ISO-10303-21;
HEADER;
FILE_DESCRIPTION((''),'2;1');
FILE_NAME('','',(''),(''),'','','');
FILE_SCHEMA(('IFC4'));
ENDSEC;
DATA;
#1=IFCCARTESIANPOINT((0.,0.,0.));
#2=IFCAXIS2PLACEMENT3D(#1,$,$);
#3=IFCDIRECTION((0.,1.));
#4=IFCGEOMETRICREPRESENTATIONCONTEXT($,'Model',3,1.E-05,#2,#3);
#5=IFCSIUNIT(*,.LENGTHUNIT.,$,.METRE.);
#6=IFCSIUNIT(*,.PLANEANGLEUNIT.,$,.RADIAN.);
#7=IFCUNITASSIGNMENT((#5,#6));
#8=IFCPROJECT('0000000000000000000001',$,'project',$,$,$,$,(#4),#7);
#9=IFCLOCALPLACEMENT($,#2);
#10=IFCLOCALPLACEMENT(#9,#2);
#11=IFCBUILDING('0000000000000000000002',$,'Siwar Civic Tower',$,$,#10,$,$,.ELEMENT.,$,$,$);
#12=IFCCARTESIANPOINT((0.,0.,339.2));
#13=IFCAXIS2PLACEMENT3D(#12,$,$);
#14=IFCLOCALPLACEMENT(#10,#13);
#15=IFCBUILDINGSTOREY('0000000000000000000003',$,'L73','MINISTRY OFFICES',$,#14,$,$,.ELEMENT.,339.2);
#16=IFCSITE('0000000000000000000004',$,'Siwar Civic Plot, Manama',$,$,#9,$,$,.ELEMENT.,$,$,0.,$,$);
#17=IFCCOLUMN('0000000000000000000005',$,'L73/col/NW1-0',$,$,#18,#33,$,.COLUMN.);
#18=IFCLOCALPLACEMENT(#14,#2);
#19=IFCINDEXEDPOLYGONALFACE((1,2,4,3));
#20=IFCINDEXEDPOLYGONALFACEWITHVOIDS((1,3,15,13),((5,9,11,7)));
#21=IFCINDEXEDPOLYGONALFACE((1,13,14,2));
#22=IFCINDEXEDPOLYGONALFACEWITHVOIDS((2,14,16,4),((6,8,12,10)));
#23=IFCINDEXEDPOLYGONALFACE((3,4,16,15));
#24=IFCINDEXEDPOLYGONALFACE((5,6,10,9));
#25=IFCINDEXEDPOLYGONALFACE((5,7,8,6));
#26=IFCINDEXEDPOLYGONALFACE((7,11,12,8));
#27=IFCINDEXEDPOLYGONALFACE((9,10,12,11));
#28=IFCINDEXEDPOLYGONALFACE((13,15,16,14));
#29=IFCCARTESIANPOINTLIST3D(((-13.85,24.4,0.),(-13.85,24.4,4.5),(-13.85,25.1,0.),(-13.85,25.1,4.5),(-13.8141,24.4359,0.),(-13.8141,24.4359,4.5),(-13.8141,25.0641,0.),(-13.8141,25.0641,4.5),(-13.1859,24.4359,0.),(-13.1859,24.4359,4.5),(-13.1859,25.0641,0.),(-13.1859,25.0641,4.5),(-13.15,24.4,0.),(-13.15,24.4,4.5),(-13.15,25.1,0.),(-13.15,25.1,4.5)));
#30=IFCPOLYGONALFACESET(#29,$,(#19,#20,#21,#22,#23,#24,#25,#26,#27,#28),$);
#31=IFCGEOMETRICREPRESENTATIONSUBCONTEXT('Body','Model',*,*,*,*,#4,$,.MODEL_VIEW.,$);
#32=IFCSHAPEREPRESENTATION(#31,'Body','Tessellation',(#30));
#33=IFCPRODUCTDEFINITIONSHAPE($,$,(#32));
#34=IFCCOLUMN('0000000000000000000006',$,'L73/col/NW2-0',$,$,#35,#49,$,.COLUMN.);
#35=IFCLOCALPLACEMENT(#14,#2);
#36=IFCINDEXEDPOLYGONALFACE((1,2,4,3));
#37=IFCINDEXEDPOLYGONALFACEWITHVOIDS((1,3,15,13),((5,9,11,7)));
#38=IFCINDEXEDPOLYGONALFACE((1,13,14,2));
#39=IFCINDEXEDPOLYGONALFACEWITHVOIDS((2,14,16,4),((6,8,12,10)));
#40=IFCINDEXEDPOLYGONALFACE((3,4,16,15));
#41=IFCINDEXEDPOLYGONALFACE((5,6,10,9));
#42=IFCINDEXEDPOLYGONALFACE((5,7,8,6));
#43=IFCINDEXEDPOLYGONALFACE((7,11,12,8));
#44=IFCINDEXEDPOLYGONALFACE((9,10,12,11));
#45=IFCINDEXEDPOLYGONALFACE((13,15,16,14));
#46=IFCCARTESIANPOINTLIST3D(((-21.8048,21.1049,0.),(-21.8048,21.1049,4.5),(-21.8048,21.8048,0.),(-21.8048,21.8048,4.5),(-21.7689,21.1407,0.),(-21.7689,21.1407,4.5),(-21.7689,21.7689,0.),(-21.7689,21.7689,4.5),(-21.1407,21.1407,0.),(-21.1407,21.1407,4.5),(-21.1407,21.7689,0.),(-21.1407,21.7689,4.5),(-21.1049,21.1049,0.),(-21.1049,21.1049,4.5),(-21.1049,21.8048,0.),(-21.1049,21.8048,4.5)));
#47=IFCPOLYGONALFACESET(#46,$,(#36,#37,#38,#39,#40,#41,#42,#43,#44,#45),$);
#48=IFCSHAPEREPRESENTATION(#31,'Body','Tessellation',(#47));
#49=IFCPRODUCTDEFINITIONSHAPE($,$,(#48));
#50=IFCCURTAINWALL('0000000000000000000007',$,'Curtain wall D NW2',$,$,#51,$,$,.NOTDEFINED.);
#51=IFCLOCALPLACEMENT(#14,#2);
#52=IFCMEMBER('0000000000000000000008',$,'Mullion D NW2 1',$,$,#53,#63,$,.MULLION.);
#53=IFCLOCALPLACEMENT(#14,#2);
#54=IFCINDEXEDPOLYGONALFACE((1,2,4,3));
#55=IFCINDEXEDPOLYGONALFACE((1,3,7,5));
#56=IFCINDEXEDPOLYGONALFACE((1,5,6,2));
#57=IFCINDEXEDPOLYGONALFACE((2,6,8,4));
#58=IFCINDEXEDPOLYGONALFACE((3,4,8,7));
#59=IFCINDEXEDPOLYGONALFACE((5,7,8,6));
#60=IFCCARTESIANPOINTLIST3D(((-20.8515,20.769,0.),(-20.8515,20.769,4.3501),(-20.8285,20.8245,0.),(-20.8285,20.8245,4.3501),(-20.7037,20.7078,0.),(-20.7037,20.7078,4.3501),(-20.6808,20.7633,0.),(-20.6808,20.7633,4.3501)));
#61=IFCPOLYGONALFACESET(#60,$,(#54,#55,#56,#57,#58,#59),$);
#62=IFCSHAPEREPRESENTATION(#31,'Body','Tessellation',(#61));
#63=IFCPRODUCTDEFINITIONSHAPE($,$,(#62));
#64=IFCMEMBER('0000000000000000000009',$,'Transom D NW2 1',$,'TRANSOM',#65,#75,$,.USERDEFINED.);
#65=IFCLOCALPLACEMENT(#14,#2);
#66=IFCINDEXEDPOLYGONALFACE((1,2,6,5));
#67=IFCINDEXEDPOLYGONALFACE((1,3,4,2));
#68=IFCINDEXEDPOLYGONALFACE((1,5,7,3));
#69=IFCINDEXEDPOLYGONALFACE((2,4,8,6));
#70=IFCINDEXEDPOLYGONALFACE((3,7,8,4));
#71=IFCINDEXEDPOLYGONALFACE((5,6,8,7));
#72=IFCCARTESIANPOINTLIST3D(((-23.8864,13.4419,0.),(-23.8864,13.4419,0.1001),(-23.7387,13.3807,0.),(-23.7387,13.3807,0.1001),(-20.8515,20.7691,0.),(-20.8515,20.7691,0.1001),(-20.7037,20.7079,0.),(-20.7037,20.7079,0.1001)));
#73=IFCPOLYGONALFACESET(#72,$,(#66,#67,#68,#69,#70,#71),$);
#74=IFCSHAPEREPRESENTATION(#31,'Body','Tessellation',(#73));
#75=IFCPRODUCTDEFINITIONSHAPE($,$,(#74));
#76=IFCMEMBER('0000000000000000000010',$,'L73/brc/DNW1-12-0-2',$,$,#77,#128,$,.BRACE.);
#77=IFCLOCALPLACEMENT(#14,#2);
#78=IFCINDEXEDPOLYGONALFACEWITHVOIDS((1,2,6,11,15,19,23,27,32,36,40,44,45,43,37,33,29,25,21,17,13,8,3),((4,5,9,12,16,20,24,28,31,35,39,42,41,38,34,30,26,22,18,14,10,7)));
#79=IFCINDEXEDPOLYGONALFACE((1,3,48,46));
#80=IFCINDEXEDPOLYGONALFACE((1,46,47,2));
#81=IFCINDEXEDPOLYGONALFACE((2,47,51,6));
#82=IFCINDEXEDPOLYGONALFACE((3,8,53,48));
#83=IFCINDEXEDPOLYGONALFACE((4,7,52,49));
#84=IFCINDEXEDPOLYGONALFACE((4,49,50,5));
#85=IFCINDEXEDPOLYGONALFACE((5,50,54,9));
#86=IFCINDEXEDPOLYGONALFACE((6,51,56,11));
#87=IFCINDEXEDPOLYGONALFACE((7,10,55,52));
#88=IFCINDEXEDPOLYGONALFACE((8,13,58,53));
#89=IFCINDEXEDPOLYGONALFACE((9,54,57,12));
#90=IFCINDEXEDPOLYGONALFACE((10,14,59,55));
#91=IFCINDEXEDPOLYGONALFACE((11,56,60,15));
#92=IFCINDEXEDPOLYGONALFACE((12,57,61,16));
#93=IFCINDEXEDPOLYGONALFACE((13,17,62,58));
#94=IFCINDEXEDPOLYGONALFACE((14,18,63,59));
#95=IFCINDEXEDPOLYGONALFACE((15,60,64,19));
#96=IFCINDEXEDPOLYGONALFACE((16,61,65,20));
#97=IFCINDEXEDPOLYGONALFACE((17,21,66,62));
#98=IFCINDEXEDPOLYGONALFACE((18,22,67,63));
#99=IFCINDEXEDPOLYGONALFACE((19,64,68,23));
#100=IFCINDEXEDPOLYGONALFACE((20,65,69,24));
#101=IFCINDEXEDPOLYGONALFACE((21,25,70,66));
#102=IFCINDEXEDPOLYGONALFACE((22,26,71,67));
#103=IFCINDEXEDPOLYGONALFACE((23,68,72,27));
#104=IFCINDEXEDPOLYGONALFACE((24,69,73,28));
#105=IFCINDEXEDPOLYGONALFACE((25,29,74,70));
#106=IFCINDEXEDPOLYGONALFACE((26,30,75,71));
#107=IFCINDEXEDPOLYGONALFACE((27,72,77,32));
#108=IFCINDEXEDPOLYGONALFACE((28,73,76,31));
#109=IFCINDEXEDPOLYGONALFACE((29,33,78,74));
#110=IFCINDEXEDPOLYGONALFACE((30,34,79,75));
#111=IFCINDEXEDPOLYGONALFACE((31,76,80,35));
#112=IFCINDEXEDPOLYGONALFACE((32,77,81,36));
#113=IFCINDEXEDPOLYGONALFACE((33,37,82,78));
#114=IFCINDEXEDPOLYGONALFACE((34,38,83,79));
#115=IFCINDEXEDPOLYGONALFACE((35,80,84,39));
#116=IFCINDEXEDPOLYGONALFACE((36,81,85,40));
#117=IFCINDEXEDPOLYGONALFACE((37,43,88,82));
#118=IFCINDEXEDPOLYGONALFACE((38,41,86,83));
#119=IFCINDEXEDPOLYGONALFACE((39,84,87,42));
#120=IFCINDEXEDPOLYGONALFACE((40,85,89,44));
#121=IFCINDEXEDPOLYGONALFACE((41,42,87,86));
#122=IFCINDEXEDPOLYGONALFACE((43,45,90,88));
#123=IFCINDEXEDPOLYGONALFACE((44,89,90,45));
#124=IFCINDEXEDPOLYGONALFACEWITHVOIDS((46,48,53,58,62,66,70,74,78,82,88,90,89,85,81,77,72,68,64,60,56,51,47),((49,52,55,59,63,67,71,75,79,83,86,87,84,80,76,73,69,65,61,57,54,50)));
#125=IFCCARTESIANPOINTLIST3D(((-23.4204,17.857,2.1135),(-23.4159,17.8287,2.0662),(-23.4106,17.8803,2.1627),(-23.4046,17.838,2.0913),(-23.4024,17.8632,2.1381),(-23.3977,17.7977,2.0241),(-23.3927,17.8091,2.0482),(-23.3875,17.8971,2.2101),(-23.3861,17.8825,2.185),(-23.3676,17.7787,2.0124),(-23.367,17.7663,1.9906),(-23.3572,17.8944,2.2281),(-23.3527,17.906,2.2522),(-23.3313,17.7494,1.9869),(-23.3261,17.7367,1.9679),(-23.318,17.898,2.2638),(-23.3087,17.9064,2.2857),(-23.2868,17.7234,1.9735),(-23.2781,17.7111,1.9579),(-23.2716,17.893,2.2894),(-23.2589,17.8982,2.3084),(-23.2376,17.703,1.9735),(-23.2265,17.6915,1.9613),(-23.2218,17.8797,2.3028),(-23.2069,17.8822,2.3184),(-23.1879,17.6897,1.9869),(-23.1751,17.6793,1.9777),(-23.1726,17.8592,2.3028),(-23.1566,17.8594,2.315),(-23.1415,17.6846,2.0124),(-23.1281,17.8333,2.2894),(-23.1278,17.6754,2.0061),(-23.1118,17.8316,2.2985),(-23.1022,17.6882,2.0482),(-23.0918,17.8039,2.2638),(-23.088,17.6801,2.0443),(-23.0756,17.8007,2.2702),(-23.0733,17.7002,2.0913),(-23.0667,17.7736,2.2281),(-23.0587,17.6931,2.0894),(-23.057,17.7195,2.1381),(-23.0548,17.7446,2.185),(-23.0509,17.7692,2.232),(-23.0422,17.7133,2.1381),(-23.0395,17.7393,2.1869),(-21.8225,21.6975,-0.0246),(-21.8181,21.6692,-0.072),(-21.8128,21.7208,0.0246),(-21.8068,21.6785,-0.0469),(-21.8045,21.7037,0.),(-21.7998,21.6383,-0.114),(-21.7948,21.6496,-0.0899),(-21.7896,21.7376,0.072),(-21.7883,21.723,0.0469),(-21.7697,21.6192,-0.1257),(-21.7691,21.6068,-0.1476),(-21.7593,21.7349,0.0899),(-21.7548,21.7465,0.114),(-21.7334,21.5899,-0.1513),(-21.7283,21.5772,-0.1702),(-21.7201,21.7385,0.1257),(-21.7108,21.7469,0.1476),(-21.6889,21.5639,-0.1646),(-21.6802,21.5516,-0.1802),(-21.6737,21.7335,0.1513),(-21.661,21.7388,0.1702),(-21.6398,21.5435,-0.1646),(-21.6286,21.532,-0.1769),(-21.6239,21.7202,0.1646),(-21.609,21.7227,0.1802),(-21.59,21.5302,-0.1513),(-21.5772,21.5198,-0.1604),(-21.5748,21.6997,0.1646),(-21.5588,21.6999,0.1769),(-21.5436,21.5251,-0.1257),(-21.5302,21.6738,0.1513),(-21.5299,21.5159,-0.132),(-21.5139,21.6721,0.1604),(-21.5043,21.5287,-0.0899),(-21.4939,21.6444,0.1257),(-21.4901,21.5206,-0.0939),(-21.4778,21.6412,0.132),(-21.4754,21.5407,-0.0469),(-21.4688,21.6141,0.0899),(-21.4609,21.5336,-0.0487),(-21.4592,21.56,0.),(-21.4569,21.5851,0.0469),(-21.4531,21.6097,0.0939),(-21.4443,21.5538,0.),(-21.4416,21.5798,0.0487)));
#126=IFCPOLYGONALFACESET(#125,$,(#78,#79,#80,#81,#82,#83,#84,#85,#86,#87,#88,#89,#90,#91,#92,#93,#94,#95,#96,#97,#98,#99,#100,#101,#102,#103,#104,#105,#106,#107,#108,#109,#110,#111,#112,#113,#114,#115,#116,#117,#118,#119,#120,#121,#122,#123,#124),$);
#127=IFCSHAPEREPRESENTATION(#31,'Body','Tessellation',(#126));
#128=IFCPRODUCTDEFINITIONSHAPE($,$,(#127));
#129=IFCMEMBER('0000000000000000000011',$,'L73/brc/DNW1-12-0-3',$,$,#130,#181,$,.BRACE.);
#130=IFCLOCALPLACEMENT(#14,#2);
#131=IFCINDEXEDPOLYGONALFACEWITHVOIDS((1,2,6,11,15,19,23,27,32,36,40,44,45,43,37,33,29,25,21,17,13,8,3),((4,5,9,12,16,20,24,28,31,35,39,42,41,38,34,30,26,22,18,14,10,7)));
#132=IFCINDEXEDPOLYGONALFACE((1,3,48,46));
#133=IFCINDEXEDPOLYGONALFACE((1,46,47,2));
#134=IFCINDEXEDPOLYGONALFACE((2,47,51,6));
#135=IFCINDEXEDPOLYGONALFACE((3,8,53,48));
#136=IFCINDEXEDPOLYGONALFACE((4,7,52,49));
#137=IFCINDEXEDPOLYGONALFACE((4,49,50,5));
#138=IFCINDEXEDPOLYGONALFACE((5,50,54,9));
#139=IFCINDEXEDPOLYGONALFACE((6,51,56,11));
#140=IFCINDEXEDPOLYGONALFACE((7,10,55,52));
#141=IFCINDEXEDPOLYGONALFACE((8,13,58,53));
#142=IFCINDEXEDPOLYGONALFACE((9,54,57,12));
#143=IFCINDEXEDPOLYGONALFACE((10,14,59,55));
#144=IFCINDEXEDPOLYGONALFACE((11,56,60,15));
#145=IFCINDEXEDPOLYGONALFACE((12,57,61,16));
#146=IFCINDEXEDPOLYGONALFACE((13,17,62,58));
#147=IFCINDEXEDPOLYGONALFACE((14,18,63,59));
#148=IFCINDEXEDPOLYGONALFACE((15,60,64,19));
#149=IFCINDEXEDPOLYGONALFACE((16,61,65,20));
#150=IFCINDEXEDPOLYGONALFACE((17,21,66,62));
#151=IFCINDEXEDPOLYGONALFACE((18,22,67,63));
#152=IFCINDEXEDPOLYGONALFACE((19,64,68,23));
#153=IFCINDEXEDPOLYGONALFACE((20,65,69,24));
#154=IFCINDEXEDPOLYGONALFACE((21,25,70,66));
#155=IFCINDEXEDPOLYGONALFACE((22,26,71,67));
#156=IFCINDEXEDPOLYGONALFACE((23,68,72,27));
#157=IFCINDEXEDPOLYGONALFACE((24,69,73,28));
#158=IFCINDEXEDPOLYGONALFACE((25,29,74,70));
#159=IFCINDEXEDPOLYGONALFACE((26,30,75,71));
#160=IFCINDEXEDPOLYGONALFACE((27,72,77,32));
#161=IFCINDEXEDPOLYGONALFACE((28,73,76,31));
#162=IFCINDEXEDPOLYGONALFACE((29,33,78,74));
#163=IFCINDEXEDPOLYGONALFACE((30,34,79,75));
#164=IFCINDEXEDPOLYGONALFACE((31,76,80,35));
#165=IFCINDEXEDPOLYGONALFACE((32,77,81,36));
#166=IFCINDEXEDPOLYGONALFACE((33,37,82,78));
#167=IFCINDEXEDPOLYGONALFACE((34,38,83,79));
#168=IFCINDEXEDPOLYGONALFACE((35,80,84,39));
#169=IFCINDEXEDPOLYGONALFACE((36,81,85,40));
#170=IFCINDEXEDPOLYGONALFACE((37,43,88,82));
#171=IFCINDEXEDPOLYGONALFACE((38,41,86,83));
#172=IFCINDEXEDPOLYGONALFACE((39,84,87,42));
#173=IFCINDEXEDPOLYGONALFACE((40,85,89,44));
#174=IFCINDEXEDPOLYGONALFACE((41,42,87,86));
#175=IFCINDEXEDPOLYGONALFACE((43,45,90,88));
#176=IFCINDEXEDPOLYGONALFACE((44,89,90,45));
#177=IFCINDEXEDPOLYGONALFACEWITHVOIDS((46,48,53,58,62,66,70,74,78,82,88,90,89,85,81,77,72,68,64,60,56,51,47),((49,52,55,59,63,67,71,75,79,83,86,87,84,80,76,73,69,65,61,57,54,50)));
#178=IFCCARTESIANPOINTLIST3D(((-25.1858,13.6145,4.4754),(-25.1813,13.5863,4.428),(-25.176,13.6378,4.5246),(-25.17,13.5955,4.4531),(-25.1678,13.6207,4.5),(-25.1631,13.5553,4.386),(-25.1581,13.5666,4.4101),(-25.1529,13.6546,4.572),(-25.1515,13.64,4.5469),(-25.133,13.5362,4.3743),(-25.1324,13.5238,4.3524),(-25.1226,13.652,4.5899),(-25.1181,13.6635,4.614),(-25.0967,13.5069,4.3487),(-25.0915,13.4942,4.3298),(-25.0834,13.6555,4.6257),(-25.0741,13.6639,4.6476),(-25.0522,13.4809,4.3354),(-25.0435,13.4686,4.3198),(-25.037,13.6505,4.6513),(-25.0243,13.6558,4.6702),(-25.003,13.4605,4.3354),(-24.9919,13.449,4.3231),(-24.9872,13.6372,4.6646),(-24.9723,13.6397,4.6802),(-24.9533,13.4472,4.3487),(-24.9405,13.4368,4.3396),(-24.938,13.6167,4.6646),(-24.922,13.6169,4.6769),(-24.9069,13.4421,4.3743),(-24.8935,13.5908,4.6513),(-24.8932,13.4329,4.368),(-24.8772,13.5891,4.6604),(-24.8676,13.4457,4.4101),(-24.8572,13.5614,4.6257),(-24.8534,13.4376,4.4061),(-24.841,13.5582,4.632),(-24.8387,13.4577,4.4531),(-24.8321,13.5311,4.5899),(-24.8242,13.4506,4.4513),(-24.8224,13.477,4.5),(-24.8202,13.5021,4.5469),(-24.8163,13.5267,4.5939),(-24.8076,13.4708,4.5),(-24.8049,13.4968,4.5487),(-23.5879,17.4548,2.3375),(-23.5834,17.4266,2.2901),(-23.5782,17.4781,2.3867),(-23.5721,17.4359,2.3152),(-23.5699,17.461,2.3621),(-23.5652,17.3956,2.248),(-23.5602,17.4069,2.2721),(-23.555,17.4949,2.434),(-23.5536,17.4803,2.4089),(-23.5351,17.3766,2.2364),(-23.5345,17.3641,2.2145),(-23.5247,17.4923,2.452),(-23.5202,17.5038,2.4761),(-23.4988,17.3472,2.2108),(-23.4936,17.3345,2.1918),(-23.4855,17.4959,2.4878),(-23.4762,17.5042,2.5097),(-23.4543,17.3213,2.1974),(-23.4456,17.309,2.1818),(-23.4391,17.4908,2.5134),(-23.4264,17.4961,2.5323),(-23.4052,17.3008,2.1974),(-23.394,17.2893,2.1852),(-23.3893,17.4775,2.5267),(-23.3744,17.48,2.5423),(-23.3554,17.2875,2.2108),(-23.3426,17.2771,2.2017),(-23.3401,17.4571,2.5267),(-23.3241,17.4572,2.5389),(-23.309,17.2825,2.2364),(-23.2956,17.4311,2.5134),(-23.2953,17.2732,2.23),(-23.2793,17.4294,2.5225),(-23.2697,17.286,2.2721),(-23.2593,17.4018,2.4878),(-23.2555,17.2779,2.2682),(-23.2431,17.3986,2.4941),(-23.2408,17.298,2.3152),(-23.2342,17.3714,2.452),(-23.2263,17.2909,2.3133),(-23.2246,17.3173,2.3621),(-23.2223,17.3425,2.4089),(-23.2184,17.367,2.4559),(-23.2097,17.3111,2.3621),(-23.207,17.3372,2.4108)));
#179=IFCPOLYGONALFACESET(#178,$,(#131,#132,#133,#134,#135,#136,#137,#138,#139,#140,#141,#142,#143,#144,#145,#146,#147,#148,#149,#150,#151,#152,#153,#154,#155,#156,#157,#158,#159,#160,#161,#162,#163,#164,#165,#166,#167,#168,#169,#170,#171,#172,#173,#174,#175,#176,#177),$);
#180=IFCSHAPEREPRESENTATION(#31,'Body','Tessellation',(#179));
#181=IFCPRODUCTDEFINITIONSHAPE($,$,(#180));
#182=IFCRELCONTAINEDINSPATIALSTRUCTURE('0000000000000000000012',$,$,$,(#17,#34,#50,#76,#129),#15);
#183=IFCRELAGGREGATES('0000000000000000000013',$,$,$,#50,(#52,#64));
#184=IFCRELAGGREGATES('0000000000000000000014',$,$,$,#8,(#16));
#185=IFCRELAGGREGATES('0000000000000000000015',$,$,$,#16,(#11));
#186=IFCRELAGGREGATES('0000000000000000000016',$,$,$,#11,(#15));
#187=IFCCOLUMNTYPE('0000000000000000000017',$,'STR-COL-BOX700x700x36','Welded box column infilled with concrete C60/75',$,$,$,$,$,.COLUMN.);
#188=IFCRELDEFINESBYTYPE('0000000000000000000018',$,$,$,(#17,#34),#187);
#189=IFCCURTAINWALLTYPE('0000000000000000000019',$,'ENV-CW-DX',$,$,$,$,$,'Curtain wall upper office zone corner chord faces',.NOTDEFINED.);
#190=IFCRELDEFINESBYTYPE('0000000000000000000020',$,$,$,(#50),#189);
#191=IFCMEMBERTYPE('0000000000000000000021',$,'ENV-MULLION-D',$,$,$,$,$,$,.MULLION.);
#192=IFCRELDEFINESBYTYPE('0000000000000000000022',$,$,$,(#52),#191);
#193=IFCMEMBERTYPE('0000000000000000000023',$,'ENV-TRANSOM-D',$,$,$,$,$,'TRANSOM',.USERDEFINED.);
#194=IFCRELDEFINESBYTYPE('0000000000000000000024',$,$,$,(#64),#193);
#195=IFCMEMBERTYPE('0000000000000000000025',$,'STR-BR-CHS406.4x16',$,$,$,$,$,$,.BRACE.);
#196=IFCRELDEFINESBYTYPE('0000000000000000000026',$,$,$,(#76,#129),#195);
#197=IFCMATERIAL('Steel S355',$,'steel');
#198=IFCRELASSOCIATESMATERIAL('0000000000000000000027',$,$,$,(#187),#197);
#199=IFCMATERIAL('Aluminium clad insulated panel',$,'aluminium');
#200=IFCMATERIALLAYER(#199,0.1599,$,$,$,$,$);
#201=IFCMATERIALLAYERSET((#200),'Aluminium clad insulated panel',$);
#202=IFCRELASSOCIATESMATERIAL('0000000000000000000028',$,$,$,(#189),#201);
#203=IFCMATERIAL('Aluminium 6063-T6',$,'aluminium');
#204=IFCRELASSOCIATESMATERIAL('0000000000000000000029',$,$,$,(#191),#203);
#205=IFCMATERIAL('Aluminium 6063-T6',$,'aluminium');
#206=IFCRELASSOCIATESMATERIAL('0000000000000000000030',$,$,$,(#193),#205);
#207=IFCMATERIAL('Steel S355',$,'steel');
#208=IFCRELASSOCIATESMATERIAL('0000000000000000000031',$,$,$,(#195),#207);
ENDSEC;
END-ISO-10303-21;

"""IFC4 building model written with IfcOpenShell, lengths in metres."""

from ifc_helpers import new_model, si_unit, direction, frame, origin, origin_2d, place, context, subcontext, project, spatial, rectangle, hollow_rectangle, hollow_circle, extrude, material, layer, layer_set, material_profile, profile_set, type_object, element, aggregate, save


model = new_model("IFC4")

# Units and contexts
model_context = context("Model", 3, precision=1e-05, world=origin(), true_north=direction((0.0, 1.0)))
body_context = subcontext(model_context, "Body", "Model", "MODEL_VIEW")
ifc_project = project(units=[si_unit("LENGTHUNIT", "METRE"), si_unit("PLANEANGLEUNIT", "RADIAN")], contexts=[model_context])

# Site, building, storey
site_placement = place(None, origin())
site = spatial("IfcSite", under=ifc_project, at=site_placement, Name="Siwar Civic Plot, Manama", CompositionType="ELEMENT", RefElevation=0.0)
building_placement = place(site_placement, origin())
building = spatial("IfcBuilding", under=site, at=building_placement, Name="Siwar Civic Tower", CompositionType="ELEMENT")
storey_placement = place(building_placement, frame((0.0, 0.0, 339.2)))
storey = spatial("IfcBuildingStorey", under=building, at=storey_placement, Name="L73", Description="MINISTRY OFFICES", CompositionType="ELEMENT", Elevation=339.2)

# Columns
ifc_material_1 = material(Name="Steel S355", Category="steel")
ifc_material_profile_1 = material_profile(ifc_material_1, hollow_rectangle(XDim=0.7, YDim=0.7, WallThickness=0.0359, at=origin_2d()), Name="BOX700x700x36")
ifc_profile_set_1 = profile_set([ifc_material_profile_1], Name="Steel S355")
column_type = type_object("IfcColumnType", Name="STR-COL-BOX700x700x36", Description="Welded box column infilled with concrete C60/75", PredefinedType="COLUMN", material=ifc_profile_set_1)
for number, where, z_axis, x_axis, name in (
    (1, (-13.5, 24.75, 0.0), (0.0, 0.0, 1.0), (1.0, 0.0, 0.0), "L73/col/NW1-0"),
    (2, (-21.4548, 21.4548, 0.0), (0.0, 0.0, 1.0), (1.0, 0.0, 0.0), "L73/col/NW2-0"),
):
    element("IfcColumn", number, at=place(storey_placement, frame(where, z_axis=z_axis, x_axis=x_axis)), inside=storey, type_object=column_type, Name=name, PredefinedType="COLUMN", context=body_context, shape_type="SweptSolid", body=[
        extrude(hollow_rectangle(XDim=0.7, YDim=0.7, WallThickness=0.0359, at=origin_2d()), origin(), (0.0, 0.0, 1.0), 4.5),
    ])

# Curtain wall, members
ifc_material_2 = material(Name="Aluminium clad insulated panel", Category="aluminium")
ifc_layer_1 = layer(ifc_material_2, 0.1599)
ifc_layer_set_1 = layer_set([ifc_layer_1], Name="Aluminium clad insulated panel")
curtain_wall_type = type_object("IfcCurtainWallType", Name="ENV-CW-DX", ElementType="Curtain wall upper office zone corner chord faces", PredefinedType="NOTDEFINED", material=ifc_layer_set_1)
curtain_wall_1_placement = place(storey_placement, origin())
curtain_wall_1 = element("IfcCurtainWall", 3, at=curtain_wall_1_placement, inside=storey, type_object=curtain_wall_type, Name="Curtain wall D NW2", PredefinedType="NOTDEFINED")
ifc_material_3 = material(Name="Aluminium 6063-T6", Category="aluminium")
ifc_material_profile_2 = material_profile(ifc_material_3, rectangle(XDim=0.1599, YDim=0.0601, at=origin_2d()), Name="AL 160x60")
ifc_profile_set_2 = profile_set([ifc_material_profile_2], Name="Aluminium 6063-T6")
member_type_1 = type_object("IfcMemberType", Name="ENV-MULLION-D", PredefinedType="MULLION", material=ifc_profile_set_2)
member_1_placement = place(storey_placement, frame((-20.7661, 20.7661, 0.0), z_axis=(0.0, 0.0, 1.0), x_axis=(0.92388, -0.382683, 0.0)))
member_1 = element("IfcMember", 4, at=member_1_placement, type_object=member_type_1, Name="Mullion D NW2 1", PredefinedType="MULLION", context=body_context, shape_type="SweptSolid", body=[
    extrude(rectangle(XDim=0.1599, YDim=0.0601, at=origin_2d()), origin(), (0.0, 0.0, 1.0), 4.3501),
])
ifc_material_4 = material(Name="Aluminium 6063-T6", Category="aluminium")
ifc_material_profile_3 = material_profile(ifc_material_4, rectangle(XDim=0.1599, YDim=0.1001, at=origin_2d()), Name="AL 160x100")
ifc_profile_set_3 = profile_set([ifc_material_profile_3], Name="Aluminium 6063-T6")
member_type_2 = type_object("IfcMemberType", Name="ENV-TRANSOM-D", ElementType="TRANSOM", PredefinedType="USERDEFINED", material=ifc_profile_set_3)
member_2_placement = place(storey_placement, frame((-20.7776, 20.7385, 0.05), z_axis=(-0.382674, -0.923884, 0.0), x_axis=(0.923884, -0.382674, 0.0)))
member_2 = element("IfcMember", 5, at=member_2_placement, type_object=member_type_2, Name="Transom D NW2 1", ObjectType="TRANSOM", PredefinedType="USERDEFINED", context=body_context, shape_type="SweptSolid", body=[
    extrude(rectangle(XDim=0.1599, YDim=0.1001, at=origin_2d()), origin(), (0.0, 0.0, 1.0), 7.9309),
])

# Members
ifc_material_5 = material(Name="Steel S355", Category="steel")
ifc_material_profile_4 = material_profile(ifc_material_5, hollow_circle(Radius=0.2031, WallThickness=0.0161, at=origin_2d()), Name="CHS406.4x16")
ifc_profile_set_4 = profile_set([ifc_material_profile_4], Name="Steel S355")
member_type_3 = type_object("IfcMemberType", Name="STR-BR-CHS406.4x16", PredefinedType="BRACE", material=ifc_profile_set_4)
member_3_placement = place(storey_placement, frame((-21.6318, 21.6318, 0.0), z_axis=(-0.341644, -0.821147, 0.457161), x_axis=(0.923276, -0.384136, 0.0)))
element("IfcMember", 6, at=member_3_placement, inside=storey, type_object=member_type_3, Name="L73/brc/DNW1-12-0-2", PredefinedType="BRACE", context=body_context, shape_type="SweptSolid", body=[
    extrude(hollow_circle(Radius=0.2031, WallThickness=0.0161, at=origin_2d()), origin(), (0.0, 0.0, 1.0), 4.677),
])
member_4_placement = place(storey_placement, frame((-23.3972, 17.3892, 2.3621), z_axis=(-0.341667, -0.82115, 0.45714), x_axis=(0.923268, -0.384157, 0.0)))
element("IfcMember", 7, at=member_4_placement, inside=storey, type_object=member_type_3, Name="L73/brc/DNW1-12-0-3", PredefinedType="BRACE", context=body_context, shape_type="SweptSolid", body=[
    extrude(hollow_circle(Radius=0.2031, WallThickness=0.0161, at=origin_2d()), origin(), (0.0, 0.0, 1.0), 4.6768),
])

aggregate(curtain_wall_1, [member_1, member_2])

save(model, "model.ifc")
